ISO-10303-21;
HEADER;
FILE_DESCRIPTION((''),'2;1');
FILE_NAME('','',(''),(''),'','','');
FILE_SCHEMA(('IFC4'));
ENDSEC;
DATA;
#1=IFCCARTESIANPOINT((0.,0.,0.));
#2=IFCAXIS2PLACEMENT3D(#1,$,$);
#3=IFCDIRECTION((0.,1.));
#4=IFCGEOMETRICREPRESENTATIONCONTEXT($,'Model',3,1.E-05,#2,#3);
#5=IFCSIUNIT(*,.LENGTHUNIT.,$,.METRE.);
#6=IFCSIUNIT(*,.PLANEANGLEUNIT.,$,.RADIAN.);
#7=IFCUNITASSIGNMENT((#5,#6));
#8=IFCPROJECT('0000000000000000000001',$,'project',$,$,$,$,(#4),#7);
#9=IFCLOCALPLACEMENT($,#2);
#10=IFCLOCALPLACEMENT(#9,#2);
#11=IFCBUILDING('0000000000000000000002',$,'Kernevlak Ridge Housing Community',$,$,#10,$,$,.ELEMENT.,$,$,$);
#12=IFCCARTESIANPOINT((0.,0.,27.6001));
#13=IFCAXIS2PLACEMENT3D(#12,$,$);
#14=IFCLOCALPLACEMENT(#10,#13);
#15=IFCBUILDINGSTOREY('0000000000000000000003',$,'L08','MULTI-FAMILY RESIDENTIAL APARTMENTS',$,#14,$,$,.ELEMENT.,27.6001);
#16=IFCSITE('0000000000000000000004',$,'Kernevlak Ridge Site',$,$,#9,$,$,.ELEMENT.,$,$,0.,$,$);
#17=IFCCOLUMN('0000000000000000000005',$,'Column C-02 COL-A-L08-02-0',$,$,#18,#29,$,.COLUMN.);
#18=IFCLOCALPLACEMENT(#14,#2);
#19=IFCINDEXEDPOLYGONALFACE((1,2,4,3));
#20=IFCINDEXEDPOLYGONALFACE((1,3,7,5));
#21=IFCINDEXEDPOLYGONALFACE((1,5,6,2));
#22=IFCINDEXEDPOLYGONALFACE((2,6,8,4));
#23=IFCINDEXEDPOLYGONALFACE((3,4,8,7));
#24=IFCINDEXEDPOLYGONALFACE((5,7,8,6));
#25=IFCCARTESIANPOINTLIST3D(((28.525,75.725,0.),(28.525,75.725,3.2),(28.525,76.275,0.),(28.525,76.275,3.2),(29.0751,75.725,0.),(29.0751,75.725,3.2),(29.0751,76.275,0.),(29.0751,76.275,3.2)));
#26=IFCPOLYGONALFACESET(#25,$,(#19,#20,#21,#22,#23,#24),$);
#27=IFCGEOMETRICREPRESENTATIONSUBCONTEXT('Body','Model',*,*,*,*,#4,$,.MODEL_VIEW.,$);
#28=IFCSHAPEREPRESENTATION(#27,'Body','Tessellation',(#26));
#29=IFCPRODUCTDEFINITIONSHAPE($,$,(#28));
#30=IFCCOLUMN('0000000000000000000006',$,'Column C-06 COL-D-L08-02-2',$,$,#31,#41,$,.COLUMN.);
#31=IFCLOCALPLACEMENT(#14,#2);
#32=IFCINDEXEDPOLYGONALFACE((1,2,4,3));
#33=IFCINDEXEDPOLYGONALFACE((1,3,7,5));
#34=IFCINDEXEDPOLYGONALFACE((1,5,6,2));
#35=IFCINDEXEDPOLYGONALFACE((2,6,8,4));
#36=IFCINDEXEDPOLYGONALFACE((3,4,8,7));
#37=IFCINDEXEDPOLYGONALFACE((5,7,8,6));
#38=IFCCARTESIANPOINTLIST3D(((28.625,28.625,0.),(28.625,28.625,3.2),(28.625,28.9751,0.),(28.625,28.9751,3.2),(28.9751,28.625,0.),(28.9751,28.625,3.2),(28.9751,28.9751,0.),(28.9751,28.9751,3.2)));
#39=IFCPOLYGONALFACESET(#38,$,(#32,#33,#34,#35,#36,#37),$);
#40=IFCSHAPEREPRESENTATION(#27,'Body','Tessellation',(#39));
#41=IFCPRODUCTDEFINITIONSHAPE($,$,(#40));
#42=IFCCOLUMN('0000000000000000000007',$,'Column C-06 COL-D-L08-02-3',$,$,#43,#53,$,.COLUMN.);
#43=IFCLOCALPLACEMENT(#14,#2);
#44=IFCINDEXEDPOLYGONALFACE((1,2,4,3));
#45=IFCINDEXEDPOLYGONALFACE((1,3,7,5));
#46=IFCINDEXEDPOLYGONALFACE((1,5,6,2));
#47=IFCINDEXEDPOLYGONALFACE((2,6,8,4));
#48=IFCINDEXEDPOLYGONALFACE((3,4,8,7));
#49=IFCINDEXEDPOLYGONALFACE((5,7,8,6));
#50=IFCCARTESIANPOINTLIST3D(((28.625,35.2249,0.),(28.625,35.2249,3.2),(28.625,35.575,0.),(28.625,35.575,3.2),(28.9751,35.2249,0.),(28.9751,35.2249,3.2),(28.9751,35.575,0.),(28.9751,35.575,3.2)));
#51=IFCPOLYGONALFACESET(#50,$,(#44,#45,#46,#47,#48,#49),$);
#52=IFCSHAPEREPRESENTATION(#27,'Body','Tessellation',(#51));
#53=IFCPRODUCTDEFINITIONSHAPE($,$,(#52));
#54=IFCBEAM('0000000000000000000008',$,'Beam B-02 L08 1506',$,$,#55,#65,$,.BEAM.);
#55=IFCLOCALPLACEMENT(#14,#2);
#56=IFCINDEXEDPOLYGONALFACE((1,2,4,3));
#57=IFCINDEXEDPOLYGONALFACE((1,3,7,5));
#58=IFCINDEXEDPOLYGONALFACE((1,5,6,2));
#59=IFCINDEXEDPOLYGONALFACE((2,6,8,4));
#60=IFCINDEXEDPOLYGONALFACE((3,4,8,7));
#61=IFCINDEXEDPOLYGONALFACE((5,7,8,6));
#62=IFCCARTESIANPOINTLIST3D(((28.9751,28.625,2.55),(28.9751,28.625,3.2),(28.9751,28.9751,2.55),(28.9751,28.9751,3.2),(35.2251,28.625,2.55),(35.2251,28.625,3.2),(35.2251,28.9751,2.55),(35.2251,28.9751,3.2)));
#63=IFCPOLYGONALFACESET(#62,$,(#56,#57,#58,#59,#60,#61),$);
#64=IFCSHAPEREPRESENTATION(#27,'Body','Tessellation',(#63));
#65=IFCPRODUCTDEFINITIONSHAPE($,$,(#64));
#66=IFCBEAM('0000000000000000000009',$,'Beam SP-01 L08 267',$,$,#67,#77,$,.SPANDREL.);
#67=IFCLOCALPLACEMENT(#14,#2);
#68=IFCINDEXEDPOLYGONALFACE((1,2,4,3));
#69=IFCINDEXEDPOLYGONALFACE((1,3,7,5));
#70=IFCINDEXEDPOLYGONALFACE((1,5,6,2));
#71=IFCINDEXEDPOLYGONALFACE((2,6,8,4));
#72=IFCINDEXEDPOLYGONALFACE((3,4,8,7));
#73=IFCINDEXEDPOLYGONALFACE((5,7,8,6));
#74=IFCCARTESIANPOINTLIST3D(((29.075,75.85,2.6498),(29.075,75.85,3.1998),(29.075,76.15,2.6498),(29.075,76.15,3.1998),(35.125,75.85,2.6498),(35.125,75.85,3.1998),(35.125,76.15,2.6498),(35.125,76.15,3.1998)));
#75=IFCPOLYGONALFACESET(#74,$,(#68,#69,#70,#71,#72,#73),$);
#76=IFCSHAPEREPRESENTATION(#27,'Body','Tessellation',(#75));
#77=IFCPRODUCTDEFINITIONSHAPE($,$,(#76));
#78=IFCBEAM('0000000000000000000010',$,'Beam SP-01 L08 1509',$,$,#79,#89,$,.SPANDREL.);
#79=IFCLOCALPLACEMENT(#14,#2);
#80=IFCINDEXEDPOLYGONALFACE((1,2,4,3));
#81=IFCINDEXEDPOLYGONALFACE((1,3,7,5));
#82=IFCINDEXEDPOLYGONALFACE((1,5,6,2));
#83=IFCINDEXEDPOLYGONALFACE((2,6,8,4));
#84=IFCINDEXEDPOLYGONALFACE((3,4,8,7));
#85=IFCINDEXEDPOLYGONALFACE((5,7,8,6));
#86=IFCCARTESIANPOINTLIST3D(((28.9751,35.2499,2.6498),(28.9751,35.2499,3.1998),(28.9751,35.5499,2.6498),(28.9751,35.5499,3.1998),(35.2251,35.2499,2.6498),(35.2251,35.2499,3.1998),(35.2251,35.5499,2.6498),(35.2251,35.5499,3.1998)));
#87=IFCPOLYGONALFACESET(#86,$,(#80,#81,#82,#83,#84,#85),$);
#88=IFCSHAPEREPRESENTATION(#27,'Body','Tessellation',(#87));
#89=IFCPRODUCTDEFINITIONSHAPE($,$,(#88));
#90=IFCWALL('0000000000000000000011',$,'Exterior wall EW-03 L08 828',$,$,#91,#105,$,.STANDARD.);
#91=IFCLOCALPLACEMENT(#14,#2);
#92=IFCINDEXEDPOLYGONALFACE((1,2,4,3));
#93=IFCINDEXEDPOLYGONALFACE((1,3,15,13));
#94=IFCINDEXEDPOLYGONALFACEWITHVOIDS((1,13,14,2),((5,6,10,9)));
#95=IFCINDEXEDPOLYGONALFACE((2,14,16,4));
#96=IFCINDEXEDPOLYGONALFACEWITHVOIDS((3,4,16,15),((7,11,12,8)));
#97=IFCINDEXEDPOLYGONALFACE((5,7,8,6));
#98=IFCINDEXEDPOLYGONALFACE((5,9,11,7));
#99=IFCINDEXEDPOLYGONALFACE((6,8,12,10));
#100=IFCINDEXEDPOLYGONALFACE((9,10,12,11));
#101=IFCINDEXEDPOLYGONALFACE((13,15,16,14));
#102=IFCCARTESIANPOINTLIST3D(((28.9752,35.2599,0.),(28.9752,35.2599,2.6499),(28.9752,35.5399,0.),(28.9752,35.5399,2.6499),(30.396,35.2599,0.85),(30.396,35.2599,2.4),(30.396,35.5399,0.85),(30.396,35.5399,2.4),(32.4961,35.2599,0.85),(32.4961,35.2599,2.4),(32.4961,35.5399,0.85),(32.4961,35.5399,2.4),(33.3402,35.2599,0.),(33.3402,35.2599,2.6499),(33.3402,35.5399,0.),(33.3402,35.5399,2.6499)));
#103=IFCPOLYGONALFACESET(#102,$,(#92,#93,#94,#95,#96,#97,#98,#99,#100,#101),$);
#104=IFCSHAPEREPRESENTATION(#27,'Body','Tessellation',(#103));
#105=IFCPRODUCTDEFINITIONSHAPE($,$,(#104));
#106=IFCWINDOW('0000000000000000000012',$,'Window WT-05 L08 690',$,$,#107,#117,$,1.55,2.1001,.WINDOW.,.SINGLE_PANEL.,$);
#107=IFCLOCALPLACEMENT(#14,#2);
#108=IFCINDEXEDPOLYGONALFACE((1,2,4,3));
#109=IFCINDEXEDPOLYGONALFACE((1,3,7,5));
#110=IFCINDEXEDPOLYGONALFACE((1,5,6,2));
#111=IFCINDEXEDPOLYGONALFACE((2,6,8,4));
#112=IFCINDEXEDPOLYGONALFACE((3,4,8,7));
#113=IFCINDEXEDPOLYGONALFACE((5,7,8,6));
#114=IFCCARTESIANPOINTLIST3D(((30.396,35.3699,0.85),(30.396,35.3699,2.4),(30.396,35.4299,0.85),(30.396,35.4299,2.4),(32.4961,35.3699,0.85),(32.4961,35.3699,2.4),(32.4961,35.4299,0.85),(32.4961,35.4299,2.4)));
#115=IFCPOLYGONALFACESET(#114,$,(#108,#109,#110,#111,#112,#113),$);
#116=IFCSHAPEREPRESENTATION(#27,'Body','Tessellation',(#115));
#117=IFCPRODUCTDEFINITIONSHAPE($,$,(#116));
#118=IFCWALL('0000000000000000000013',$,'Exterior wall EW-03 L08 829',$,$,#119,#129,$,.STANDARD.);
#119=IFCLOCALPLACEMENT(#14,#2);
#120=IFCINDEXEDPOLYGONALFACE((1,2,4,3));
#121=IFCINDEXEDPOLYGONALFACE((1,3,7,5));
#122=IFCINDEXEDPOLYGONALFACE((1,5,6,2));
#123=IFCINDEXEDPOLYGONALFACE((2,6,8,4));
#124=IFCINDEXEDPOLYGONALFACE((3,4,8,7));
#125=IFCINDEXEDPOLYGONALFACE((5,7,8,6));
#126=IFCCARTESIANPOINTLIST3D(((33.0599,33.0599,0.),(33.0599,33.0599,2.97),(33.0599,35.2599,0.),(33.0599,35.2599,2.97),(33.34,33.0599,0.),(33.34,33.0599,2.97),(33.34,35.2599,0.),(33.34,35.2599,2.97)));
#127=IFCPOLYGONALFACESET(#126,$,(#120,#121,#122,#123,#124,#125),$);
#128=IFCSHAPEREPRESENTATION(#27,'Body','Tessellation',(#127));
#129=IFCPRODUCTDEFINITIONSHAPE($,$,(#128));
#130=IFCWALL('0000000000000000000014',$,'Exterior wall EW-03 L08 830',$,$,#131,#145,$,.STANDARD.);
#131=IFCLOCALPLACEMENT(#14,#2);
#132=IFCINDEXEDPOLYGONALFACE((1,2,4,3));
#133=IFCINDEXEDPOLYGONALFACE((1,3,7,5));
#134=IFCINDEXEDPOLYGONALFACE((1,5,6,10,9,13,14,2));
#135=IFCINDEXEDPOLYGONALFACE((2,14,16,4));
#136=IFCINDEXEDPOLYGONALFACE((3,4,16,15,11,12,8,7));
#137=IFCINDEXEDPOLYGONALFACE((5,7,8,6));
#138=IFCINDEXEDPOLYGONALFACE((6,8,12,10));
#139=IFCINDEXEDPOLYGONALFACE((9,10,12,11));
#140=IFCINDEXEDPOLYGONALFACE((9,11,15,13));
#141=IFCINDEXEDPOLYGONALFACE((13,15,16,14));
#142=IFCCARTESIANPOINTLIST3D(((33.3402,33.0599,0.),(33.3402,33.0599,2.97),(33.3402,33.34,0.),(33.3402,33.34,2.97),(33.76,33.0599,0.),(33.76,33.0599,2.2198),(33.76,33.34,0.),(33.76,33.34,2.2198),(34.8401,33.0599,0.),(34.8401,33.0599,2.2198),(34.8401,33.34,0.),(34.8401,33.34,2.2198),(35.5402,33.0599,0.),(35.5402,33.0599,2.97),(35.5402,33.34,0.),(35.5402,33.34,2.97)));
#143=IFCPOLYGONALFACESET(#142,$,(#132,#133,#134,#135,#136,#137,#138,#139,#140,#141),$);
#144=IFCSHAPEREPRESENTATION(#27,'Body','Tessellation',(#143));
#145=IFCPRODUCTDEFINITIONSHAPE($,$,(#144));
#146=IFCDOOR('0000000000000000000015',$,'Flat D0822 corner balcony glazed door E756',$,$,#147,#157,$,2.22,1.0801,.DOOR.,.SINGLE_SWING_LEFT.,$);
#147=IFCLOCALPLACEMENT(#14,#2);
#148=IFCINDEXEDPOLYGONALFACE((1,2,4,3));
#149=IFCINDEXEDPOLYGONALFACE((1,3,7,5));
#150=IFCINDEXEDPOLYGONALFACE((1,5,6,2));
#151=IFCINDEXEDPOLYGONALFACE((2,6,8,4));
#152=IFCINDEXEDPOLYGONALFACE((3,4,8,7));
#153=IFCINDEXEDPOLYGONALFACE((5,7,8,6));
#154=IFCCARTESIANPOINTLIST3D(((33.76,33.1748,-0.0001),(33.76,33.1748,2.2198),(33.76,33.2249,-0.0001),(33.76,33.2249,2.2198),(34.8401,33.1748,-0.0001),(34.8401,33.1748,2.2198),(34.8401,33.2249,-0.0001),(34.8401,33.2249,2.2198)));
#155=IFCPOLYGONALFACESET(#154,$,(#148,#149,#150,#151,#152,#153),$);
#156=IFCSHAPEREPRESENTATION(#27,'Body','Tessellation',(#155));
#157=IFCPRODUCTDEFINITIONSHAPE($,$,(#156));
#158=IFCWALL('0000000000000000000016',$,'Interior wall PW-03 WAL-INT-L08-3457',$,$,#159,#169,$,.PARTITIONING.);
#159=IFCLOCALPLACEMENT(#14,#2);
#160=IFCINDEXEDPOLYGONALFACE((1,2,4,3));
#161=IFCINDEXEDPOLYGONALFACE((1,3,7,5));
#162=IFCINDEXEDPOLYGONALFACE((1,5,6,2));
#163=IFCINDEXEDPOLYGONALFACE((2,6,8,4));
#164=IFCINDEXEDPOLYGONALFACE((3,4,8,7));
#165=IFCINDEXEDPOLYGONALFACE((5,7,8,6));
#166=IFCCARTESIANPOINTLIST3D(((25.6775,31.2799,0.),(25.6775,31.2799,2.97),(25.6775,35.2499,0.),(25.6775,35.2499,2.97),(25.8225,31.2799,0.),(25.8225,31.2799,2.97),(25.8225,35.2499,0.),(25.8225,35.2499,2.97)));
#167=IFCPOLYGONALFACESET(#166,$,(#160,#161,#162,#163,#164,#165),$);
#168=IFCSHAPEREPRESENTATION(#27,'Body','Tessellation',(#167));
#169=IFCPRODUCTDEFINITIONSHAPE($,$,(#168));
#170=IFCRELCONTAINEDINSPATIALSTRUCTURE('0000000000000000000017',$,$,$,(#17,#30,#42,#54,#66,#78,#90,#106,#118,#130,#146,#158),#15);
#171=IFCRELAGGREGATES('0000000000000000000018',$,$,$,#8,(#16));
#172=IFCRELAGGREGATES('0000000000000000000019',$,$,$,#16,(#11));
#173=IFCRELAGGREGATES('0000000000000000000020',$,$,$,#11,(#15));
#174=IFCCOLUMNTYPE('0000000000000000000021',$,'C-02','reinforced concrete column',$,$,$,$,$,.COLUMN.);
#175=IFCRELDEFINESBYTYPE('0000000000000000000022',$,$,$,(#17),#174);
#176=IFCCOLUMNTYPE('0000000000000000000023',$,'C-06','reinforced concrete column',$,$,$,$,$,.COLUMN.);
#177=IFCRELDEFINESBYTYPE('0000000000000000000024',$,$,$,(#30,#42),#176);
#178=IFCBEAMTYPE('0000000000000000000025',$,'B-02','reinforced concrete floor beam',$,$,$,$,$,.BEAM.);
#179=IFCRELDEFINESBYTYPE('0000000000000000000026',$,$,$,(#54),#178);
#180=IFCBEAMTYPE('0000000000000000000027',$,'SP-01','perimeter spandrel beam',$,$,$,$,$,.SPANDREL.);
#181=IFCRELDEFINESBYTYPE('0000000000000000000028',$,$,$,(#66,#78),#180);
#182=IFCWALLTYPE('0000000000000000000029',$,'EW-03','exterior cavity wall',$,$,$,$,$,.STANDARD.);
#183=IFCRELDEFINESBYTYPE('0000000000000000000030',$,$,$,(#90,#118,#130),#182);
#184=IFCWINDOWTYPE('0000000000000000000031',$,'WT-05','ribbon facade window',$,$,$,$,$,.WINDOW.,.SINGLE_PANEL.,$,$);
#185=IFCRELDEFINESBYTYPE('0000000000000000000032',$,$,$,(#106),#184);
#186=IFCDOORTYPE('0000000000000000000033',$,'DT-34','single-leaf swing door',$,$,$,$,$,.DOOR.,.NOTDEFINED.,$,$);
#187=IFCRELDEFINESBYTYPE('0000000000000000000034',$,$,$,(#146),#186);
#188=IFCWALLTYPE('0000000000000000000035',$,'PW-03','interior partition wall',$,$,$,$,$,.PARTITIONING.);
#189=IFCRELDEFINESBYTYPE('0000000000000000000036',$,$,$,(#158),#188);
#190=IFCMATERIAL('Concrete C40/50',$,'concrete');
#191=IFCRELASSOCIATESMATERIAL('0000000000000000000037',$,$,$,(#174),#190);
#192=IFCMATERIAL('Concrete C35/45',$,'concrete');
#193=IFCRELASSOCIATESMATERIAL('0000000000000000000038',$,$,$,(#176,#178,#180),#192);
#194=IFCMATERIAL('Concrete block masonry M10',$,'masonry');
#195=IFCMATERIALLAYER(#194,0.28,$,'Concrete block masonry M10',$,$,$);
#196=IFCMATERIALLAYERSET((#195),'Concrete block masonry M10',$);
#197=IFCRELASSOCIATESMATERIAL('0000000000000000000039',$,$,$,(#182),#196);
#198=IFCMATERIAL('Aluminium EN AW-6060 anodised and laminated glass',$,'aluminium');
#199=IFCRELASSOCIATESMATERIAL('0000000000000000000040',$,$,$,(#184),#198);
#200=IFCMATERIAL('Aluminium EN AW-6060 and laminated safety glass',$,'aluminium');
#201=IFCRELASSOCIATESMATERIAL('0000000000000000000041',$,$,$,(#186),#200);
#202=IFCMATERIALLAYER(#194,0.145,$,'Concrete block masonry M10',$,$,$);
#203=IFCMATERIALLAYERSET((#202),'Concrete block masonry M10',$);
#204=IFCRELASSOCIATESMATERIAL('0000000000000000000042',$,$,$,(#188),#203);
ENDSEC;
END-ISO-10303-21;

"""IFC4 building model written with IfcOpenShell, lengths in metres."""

from ifc_helpers import new_model, si_unit, direction, frame, frame_2d, origin, origin_2d, place, context, subcontext, project, spatial, rectangle, extrude, material, layer, layer_set, material_profile, profile_set, type_object, element, fill, save


model = new_model("IFC4")

# Units and contexts
model_context = context("Model", 3, precision=1e-05, world=origin(), true_north=direction((0.0, 1.0)))
body_context = subcontext(model_context, "Body", "Model", "MODEL_VIEW")
ifc_project = project(units=[si_unit("LENGTHUNIT", "METRE"), si_unit("PLANEANGLEUNIT", "RADIAN")], contexts=[model_context])

# Site, building, storey
site_placement = place(None, origin())
site = spatial("IfcSite", under=ifc_project, at=site_placement, Name="Kernevlak Ridge Site", CompositionType="ELEMENT", RefElevation=0.0)
building_placement = place(site_placement, origin())
building = spatial("IfcBuilding", under=site, at=building_placement, Name="Kernevlak Ridge Housing Community", CompositionType="ELEMENT")
storey_placement = place(building_placement, frame((0.0, 0.0, 27.6001)))
storey = spatial("IfcBuildingStorey", under=building, at=storey_placement, Name="L08", Description="MULTI-FAMILY RESIDENTIAL APARTMENTS", CompositionType="ELEMENT", Elevation=27.6001)

# Columns
ifc_material_1 = material(Name="Concrete C40/50", Category="concrete")
ifc_material_profile_1 = material_profile(ifc_material_1, rectangle(XDim=0.55, YDim=0.55, at=origin_2d()), Name="RC 550x550")
ifc_profile_set_1 = profile_set([ifc_material_profile_1], Name="Concrete C40/50")
column_type_1 = type_object("IfcColumnType", Name="C-02", Description="reinforced concrete column", PredefinedType="COLUMN", material=ifc_profile_set_1)
column_placement = place(storey_placement, frame((28.8, 76.0, 0.0), z_axis=(0.0, 0.0, 1.0), x_axis=(1.0, 0.0, 0.0)))
element("IfcColumn", 1, at=column_placement, inside=storey, type_object=column_type_1, Name="Column C-02 COL-A-L08-02-0", PredefinedType="COLUMN", context=body_context, shape_type="SweptSolid", body=[
    extrude(rectangle(XDim=0.55, YDim=0.55, at=origin_2d()), origin(), (0.0, 0.0, 1.0), 3.2),
])
ifc_material_2 = material(Name="Concrete C35/45", Category="concrete")
ifc_material_profile_2 = material_profile(ifc_material_2, rectangle(XDim=0.3501, YDim=0.3501, at=origin_2d()), Name="RC 350x350")
ifc_profile_set_2 = profile_set([ifc_material_profile_2], Name="Concrete C35/45")
column_type_2 = type_object("IfcColumnType", Name="C-06", Description="reinforced concrete column", PredefinedType="COLUMN", material=ifc_profile_set_2)
for number, where, z_axis, x_axis, name in (
    (2, (28.8, 28.8, 0.0), (0.0, 0.0, 1.0), (1.0, 0.0, 0.0), "Column C-06 COL-D-L08-02-2"),
    (3, (28.8, 35.3999, 0.0), (0.0, 0.0, 1.0), (1.0, 0.0, 0.0), "Column C-06 COL-D-L08-02-3"),
):
    element("IfcColumn", number, at=place(storey_placement, frame(where, z_axis=z_axis, x_axis=x_axis)), inside=storey, type_object=column_type_2, Name=name, PredefinedType="COLUMN", context=body_context, shape_type="SweptSolid", body=[
        extrude(rectangle(XDim=0.3501, YDim=0.3501, at=origin_2d()), origin(), (0.0, 0.0, 1.0), 3.2),
    ])

# Beams
ifc_material_profile_3 = material_profile(ifc_material_2, rectangle(XDim=0.3501, YDim=0.6499, at=origin_2d()), Name="RC 350x650")
ifc_profile_set_3 = profile_set([ifc_material_profile_3], Name="Concrete C35/45")
beam_type_1 = type_object("IfcBeamType", Name="B-02", Description="reinforced concrete floor beam", PredefinedType="BEAM", material=ifc_profile_set_3)
beam_1_placement = place(storey_placement, frame((28.9751, 28.8, 2.875), z_axis=(1.0, 0.0, 0.0), x_axis=(0.0, 1.0, 0.0)))
element("IfcBeam", 4, at=beam_1_placement, inside=storey, type_object=beam_type_1, Name="Beam B-02 L08 1506", PredefinedType="BEAM", context=body_context, shape_type="SweptSolid", body=[
    extrude(rectangle(XDim=0.3501, YDim=0.6499, at=origin_2d()), origin(), (0.0, 0.0, 1.0), 6.25),
])
ifc_material_profile_4 = material_profile(ifc_material_2, rectangle(XDim=0.3, YDim=0.55, at=origin_2d()), Name="RC 300x550")
ifc_profile_set_4 = profile_set([ifc_material_profile_4], Name="Concrete C35/45")
beam_type_2 = type_object("IfcBeamType", Name="SP-01", Description="perimeter spandrel beam", PredefinedType="SPANDREL", material=ifc_profile_set_4)
beam_2_placement = place(storey_placement, frame((29.075, 76.0, 2.9248), z_axis=(1.0, 0.0, 0.0), x_axis=(0.0, 1.0, 0.0)))
element("IfcBeam", 5, at=beam_2_placement, inside=storey, type_object=beam_type_2, Name="Beam SP-01 L08 267", PredefinedType="SPANDREL", context=body_context, shape_type="SweptSolid", body=[
    extrude(rectangle(XDim=0.3, YDim=0.55, at=origin_2d()), origin(), (0.0, 0.0, 1.0), 6.05),
])
beam_3_placement = place(storey_placement, frame((28.9751, 35.3999, 2.9248), z_axis=(1.0, 0.0, 0.0), x_axis=(0.0, 1.0, 0.0)))
element("IfcBeam", 6, at=beam_3_placement, inside=storey, type_object=beam_type_2, Name="Beam SP-01 L08 1509", PredefinedType="SPANDREL", context=body_context, shape_type="SweptSolid", body=[
    extrude(rectangle(XDim=0.3, YDim=0.55, at=origin_2d()), origin(), (0.0, 0.0, 1.0), 6.25),
])

# Wall, opening, window
ifc_material_3 = material(Name="Concrete block masonry M10", Category="masonry")
ifc_layer_1 = layer(ifc_material_3, 0.28, Name="Concrete block masonry M10")
ifc_layer_set_1 = layer_set([ifc_layer_1], Name="Concrete block masonry M10")
wall_type_1 = type_object("IfcWallType", Name="EW-03", Description="exterior cavity wall", PredefinedType="STANDARD", material=ifc_layer_set_1)
wall_1_placement = place(storey_placement, frame((28.9751, 35.3999, 0.0), z_axis=(0.0, 0.0, 1.0), x_axis=(1.0, 0.0, 0.0)))
wall_1 = element("IfcWall", 7, at=wall_1_placement, inside=storey, type_object=wall_type_1, Name="Exterior wall EW-03 L08 828", PredefinedType="STANDARD", context=body_context, shape_type="SweptSolid", body=[
    extrude(rectangle(XDim=4.365, YDim=0.28, at=frame_2d((2.1826, 0.0))), origin(), (0.0, 0.0, 1.0), 2.6499),
])
opening_1_placement = place(wall_1_placement, frame((1.4209, 0.0, 0.8501)))
opening_1 = element("IfcOpeningElement", 8, at=opening_1_placement, cuts=wall_1, PredefinedType="OPENING", context=body_context, shape_type="SweptSolid", body=[
    extrude(rectangle(XDim=2.1001, YDim=1.55, at=frame_2d((1.05, 0.7749))), frame((0.0, 0.1499, 0.0), z_axis=(0.0, -1.0, 0.0), x_axis=(1.0, 0.0, 0.0)), (0.0, 0.0, 1.0), 0.3),
])
ifc_material_4 = material(Name="Aluminium EN AW-6060 anodised and laminated glass", Category="aluminium")
window_type = type_object("IfcWindowType", Name="WT-05", Description="ribbon facade window", PartitioningType="SINGLE_PANEL", PredefinedType="WINDOW", material=ifc_material_4)
window_placement = place(opening_1_placement, origin())
window = element("IfcWindow", 9, at=window_placement, inside=storey, type_object=window_type, Name="Window WT-05 L08 690", OverallHeight=1.55, OverallWidth=2.1001, PartitioningType="SINGLE_PANEL", PredefinedType="WINDOW", context=body_context, shape_type="SweptSolid", body=[
    extrude(rectangle(XDim=2.1001, YDim=1.55, at=frame_2d((1.05, 0.7749))), frame((0.0, 0.03, 0.0), z_axis=(0.0, -1.0, 0.0), x_axis=(1.0, 0.0, 0.0)), (0.0, 0.0, 1.0), 0.0601),
])
fill(opening_1, window)

# Wall
wall_2_placement = place(storey_placement, frame((33.2, 35.26, 0.0), z_axis=(0.0, 0.0, 1.0), x_axis=(0.0, -1.0, 0.0)))
element("IfcWall", 10, at=wall_2_placement, inside=storey, type_object=wall_type_1, Name="Exterior wall EW-03 L08 829", PredefinedType="STANDARD", context=body_context, shape_type="SweptSolid", body=[
    extrude(rectangle(XDim=2.2, YDim=0.28, at=frame_2d((1.1001, 0.0))), origin(), (0.0, 0.0, 1.0), 2.97),
])

# Wall, opening, door
wall_3_placement = place(storey_placement, frame((33.3401, 33.2, 0.0), z_axis=(0.0, 0.0, 1.0), x_axis=(1.0, 0.0, 0.0)))
wall_3 = element("IfcWall", 11, at=wall_3_placement, inside=storey, type_object=wall_type_1, Name="Exterior wall EW-03 L08 830", PredefinedType="STANDARD", context=body_context, shape_type="SweptSolid", body=[
    extrude(rectangle(XDim=2.2, YDim=0.28, at=frame_2d((1.1001, 0.0))), origin(), (0.0, 0.0, 1.0), 2.97),
])
opening_2_placement = place(wall_3_placement, frame((0.4199, 0.0, 0.0)))
opening_2 = element("IfcOpeningElement", 12, at=opening_2_placement, cuts=wall_3, PredefinedType="OPENING", context=body_context, shape_type="SweptSolid", body=[
    extrude(rectangle(XDim=1.0801, YDim=2.22, at=frame_2d((0.54, 1.1099))), frame((0.0, 0.1499, 0.0), z_axis=(0.0, -1.0, 0.0), x_axis=(1.0, 0.0, 0.0)), (0.0, 0.0, 1.0), 0.3),
])
ifc_material_5 = material(Name="Aluminium EN AW-6060 and laminated safety glass", Category="aluminium")
door_type_1 = type_object("IfcDoorType", Name="DT-34", Description="single-leaf swing door", OperationType="NOTDEFINED", PredefinedType="DOOR", material=ifc_material_5)
door_1_placement = place(opening_2_placement, origin())
door_1 = element("IfcDoor", 13, at=door_1_placement, inside=storey, type_object=door_type_1, Name="Flat D0822 corner balcony glazed door E756", OperationType="SINGLE_SWING_LEFT", OverallHeight=2.22, OverallWidth=1.0801, PredefinedType="DOOR", context=body_context, shape_type="SweptSolid", body=[
    extrude(rectangle(XDim=1.0801, YDim=2.22, at=frame_2d((0.54, 1.1099))), frame((0.0, 0.0249, 0.0), z_axis=(0.0, -1.0, 0.0), x_axis=(1.0, 0.0, 0.0)), (0.0, 0.0, 1.0), 0.05),
])
fill(opening_2, door_1)

# Wall
ifc_layer_2 = layer(ifc_material_3, 0.145, Name="Concrete block masonry M10")
ifc_layer_set_2 = layer_set([ifc_layer_2], Name="Concrete block masonry M10")
wall_type_2 = type_object("IfcWallType", Name="PW-03", Description="interior partition wall", PredefinedType="PARTITIONING", material=ifc_layer_set_2)
wall_4_placement = place(storey_placement, frame((25.75, 31.28, 0.0), z_axis=(0.0, 0.0, 1.0), x_axis=(0.0, 1.0, 0.0)))
element("IfcWall", 14, at=wall_4_placement, inside=storey, type_object=wall_type_2, Name="Interior wall PW-03 WAL-INT-L08-3457", PredefinedType="PARTITIONING", context=body_context, shape_type="SweptSolid", body=[
    extrude(rectangle(XDim=3.97, YDim=0.145, at=frame_2d((1.9849, 0.0))), origin(), (0.0, 0.0, 1.0), 2.97),
])

save(model, "model.ifc")
